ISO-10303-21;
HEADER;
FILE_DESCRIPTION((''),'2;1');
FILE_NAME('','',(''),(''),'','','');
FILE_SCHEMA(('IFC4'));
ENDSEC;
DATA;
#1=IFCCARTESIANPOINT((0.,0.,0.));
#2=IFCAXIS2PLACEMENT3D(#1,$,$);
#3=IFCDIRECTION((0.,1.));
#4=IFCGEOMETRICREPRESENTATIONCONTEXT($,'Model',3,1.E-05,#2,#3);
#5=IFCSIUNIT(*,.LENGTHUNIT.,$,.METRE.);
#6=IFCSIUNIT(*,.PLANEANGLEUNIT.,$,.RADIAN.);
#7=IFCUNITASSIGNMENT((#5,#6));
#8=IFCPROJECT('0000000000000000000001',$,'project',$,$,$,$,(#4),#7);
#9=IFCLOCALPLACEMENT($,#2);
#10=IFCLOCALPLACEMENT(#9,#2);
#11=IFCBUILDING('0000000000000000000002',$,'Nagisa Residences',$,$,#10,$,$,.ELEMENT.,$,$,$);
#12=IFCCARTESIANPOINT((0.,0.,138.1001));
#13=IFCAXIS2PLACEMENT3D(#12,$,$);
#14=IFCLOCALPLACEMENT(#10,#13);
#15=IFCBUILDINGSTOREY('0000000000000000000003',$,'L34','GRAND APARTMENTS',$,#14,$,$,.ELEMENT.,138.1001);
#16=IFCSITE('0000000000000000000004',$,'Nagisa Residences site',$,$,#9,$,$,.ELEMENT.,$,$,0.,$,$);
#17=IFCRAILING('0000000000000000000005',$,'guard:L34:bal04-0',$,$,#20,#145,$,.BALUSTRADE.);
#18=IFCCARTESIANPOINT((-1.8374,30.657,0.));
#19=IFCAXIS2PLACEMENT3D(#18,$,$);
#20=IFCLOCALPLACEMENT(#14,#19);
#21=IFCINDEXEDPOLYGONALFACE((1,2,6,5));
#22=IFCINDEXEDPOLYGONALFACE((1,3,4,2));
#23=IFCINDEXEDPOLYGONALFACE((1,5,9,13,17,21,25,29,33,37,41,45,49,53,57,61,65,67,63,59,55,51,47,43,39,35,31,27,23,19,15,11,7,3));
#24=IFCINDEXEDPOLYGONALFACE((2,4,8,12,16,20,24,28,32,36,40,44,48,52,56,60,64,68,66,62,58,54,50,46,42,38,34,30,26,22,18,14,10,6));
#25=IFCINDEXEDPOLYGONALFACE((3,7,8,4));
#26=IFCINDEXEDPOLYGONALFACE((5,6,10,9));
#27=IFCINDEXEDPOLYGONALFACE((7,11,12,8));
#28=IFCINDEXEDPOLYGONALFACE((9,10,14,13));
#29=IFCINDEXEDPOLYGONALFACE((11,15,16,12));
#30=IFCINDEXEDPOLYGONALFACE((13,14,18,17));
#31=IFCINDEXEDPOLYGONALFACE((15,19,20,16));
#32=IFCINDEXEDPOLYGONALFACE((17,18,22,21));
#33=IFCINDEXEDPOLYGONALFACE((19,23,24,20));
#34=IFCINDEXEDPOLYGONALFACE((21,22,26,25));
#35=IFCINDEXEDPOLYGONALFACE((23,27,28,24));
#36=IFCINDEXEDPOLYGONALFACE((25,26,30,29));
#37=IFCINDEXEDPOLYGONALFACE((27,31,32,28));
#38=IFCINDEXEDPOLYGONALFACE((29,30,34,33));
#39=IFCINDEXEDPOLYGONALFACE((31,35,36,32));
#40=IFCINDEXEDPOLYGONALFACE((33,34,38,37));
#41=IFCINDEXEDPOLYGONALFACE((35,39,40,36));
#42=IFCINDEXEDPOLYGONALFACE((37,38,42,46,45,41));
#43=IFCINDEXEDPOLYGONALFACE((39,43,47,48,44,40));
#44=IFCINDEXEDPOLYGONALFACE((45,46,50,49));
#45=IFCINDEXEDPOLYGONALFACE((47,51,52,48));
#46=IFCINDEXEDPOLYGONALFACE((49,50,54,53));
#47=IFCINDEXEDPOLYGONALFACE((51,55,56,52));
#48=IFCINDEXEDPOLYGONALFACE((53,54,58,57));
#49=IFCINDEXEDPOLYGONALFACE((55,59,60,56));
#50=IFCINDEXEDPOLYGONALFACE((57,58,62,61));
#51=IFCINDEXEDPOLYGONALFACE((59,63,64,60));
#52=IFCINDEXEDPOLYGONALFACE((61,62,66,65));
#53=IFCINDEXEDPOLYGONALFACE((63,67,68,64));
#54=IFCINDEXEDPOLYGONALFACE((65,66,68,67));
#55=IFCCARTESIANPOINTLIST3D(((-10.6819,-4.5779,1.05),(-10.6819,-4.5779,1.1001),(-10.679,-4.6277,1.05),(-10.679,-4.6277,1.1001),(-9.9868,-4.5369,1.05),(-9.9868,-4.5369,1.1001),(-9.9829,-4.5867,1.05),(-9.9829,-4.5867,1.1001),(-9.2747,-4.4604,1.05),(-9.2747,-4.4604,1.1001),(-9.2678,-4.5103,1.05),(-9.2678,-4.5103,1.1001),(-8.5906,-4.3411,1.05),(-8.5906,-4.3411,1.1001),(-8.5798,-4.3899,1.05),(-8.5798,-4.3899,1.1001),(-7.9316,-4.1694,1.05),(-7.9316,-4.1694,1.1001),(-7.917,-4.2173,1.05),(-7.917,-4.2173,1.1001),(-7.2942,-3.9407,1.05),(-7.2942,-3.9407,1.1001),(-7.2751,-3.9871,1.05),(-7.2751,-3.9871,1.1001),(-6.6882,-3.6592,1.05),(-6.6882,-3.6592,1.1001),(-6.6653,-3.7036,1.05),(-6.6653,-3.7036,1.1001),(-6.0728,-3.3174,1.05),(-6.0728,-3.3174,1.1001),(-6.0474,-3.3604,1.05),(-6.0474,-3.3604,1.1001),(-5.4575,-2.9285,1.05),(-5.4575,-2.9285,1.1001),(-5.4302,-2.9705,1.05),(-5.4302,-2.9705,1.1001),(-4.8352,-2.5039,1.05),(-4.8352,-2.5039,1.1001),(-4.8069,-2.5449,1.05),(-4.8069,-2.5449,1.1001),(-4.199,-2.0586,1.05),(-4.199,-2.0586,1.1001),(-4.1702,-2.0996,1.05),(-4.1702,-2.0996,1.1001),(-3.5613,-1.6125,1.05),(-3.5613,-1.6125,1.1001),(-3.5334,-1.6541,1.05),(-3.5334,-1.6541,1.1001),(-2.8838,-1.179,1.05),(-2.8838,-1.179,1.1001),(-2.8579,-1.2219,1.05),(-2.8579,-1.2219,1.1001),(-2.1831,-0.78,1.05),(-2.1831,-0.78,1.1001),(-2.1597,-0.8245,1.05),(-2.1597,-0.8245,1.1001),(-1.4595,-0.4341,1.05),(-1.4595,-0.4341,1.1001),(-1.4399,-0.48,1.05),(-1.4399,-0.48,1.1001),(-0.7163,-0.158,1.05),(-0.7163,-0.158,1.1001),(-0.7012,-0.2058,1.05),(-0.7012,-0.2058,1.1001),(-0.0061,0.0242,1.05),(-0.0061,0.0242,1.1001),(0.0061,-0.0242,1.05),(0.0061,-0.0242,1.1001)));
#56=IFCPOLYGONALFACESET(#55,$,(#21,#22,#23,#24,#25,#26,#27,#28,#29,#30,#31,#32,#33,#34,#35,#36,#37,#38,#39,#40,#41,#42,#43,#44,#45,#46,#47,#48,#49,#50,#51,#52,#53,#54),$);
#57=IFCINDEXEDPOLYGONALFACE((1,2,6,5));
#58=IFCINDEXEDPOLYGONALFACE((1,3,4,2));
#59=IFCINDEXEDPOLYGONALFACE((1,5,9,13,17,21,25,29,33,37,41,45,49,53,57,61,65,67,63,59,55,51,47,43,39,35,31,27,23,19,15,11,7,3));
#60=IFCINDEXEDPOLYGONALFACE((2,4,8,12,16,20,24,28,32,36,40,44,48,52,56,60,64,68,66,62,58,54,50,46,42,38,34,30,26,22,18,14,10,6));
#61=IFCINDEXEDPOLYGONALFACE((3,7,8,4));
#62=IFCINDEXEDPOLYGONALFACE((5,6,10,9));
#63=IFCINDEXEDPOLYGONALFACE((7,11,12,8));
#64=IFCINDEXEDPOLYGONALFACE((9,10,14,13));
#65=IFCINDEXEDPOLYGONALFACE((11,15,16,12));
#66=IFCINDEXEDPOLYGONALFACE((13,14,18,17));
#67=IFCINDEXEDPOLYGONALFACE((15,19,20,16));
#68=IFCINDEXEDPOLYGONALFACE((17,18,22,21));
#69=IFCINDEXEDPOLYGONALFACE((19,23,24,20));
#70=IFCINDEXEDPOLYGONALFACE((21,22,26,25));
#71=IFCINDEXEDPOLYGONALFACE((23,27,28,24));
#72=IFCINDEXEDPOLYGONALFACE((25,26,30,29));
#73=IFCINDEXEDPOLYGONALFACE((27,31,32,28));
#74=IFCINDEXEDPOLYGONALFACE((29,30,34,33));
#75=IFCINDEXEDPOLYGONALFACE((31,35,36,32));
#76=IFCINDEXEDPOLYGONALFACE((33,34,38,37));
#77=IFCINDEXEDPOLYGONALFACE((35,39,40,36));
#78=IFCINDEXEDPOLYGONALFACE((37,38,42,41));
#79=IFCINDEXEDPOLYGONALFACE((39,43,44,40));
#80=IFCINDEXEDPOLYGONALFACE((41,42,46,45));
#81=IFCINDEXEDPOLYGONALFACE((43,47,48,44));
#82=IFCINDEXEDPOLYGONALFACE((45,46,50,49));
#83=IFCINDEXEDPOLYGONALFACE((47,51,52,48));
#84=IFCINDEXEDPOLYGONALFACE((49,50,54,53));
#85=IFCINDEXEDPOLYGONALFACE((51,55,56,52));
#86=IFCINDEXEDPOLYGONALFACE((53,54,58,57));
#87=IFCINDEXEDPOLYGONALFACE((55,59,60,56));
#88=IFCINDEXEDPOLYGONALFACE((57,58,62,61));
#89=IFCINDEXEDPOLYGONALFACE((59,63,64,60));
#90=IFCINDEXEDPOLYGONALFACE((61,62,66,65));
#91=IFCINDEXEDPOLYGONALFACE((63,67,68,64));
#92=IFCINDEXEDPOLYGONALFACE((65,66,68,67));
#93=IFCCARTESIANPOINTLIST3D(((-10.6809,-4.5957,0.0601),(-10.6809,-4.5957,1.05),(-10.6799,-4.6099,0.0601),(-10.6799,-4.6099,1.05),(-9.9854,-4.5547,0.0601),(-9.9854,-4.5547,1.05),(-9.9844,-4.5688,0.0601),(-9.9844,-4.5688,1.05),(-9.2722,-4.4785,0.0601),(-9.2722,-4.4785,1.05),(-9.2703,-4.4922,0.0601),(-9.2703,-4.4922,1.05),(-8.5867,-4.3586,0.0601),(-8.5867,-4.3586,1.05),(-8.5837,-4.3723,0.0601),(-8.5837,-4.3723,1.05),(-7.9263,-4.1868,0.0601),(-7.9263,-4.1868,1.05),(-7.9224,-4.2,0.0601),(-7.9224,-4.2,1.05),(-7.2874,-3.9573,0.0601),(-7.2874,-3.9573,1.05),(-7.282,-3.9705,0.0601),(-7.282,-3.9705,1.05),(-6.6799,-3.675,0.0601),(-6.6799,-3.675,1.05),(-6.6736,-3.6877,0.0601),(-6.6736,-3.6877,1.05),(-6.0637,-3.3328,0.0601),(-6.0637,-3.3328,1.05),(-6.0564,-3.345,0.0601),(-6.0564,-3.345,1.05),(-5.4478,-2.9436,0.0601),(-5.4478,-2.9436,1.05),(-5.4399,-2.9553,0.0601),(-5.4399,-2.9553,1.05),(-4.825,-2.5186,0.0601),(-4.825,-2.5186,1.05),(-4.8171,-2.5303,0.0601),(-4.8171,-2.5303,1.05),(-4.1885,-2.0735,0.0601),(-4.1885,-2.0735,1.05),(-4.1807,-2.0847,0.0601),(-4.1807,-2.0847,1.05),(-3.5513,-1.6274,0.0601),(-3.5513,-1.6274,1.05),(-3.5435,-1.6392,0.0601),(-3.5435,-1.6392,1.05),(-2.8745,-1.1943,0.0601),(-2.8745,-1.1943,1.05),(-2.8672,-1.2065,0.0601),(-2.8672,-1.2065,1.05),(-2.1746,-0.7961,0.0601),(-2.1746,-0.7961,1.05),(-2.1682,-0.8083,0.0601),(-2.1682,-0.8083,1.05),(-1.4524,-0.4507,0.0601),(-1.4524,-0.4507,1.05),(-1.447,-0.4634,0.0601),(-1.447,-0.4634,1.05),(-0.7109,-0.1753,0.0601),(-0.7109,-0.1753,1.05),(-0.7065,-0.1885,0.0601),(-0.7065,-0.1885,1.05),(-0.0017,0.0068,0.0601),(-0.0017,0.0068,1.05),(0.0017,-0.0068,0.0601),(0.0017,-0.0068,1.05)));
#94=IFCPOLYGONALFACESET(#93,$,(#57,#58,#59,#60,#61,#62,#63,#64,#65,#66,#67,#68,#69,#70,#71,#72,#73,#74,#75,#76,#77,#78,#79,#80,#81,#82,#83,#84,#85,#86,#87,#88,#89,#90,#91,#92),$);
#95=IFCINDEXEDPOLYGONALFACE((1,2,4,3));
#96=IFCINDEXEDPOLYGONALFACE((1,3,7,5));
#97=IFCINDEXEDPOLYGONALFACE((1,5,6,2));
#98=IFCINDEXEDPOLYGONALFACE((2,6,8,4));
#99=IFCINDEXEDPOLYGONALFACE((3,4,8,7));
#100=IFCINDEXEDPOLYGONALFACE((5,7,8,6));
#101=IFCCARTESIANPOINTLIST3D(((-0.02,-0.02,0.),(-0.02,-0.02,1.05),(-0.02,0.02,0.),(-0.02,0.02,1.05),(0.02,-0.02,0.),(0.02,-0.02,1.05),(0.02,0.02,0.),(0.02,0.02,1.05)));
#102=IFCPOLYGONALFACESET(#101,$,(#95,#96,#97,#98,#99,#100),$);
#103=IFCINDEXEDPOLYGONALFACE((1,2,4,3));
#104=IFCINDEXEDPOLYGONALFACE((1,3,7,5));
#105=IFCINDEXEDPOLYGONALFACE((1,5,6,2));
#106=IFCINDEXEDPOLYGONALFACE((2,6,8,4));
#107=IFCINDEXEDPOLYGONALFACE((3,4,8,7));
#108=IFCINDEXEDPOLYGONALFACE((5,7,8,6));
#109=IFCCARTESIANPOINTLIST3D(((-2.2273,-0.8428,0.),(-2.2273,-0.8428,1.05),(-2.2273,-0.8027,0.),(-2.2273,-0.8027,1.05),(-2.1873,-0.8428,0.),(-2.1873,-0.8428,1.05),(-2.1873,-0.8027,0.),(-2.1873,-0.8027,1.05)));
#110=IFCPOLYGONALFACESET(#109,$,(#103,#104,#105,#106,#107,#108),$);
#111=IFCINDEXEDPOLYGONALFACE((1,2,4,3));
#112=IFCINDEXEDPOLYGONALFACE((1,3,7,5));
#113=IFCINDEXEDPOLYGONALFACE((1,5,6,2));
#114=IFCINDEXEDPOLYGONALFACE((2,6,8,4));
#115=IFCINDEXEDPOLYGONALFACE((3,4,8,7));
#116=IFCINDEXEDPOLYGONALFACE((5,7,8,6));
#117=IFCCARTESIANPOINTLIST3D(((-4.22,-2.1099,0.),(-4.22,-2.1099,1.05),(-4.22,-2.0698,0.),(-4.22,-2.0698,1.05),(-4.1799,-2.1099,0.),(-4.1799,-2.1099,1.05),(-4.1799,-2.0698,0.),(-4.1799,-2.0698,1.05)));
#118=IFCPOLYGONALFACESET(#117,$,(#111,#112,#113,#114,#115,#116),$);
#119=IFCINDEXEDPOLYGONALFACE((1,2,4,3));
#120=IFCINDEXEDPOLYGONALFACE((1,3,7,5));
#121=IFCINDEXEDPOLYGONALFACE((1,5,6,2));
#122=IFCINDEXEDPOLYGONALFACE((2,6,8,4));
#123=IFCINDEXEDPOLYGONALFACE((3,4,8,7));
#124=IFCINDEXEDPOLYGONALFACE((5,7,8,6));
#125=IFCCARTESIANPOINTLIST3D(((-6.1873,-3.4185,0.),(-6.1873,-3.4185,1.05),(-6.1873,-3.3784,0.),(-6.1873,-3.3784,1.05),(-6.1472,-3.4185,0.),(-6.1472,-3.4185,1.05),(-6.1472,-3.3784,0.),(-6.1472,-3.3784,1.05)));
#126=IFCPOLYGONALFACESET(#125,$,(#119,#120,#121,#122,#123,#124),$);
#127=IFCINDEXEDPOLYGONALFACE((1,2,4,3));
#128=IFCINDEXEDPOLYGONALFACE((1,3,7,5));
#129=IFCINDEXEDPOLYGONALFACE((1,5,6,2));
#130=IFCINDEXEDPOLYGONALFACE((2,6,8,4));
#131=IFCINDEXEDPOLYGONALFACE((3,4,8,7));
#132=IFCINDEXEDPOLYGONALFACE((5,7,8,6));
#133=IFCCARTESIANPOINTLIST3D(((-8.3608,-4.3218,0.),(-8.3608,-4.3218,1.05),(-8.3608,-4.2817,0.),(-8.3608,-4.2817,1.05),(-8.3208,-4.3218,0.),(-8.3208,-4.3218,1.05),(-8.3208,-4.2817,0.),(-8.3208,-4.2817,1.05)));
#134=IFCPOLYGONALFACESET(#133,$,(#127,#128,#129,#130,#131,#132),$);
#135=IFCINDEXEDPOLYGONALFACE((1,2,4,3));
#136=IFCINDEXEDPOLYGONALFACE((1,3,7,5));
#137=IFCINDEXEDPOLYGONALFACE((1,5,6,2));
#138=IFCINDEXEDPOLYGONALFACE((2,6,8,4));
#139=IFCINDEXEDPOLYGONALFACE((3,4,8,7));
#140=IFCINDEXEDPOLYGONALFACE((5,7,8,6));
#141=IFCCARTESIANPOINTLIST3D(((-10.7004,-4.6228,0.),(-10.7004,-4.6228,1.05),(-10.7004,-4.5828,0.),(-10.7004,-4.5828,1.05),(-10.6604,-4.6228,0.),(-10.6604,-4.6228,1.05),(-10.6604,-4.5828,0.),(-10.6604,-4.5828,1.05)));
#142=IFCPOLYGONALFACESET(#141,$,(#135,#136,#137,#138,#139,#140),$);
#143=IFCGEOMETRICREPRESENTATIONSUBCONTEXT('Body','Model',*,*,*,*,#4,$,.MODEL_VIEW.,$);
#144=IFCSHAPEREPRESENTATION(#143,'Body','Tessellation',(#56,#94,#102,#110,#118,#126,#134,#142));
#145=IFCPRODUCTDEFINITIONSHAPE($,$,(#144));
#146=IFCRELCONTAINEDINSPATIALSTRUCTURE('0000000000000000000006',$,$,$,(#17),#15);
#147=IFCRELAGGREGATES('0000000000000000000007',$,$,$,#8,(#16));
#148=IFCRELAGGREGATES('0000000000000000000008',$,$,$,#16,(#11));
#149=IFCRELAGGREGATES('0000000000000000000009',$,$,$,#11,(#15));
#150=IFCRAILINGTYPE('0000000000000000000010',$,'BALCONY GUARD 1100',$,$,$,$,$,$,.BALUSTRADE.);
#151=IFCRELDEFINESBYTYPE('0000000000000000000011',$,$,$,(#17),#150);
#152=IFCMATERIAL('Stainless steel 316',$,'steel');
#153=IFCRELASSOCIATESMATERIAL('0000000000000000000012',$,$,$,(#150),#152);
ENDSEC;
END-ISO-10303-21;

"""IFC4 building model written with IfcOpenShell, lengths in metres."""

from ifc_helpers import new_model, si_unit, direction, frame, origin, origin_2d, place, context, subcontext, project, spatial, polyline, rectangle, outline, extrude, material, type_object, element, save


model = new_model("IFC4")

# Units and contexts
model_context = context("Model", 3, precision=1e-05, world=origin(), true_north=direction((0.0, 1.0)))
body_context = subcontext(model_context, "Body", "Model", "MODEL_VIEW")
ifc_project = project(units=[si_unit("LENGTHUNIT", "METRE"), si_unit("PLANEANGLEUNIT", "RADIAN")], contexts=[model_context])

# Site, building, storey
site_placement = place(None, origin())
site = spatial("IfcSite", under=ifc_project, at=site_placement, Name="Nagisa Residences site", CompositionType="ELEMENT", RefElevation=0.0)
building_placement = place(site_placement, origin())
building = spatial("IfcBuilding", under=site, at=building_placement, Name="Nagisa Residences", CompositionType="ELEMENT")
storey_placement = place(building_placement, frame((0.0, 0.0, 138.1001)))
storey = spatial("IfcBuildingStorey", under=building, at=storey_placement, Name="L34", Description="GRAND APARTMENTS", CompositionType="ELEMENT", Elevation=138.1001)

# Railing
ifc_material_1 = material(Name="Stainless steel 316", Category="steel")
railing_type = type_object("IfcRailingType", Name="BALCONY GUARD 1100", PredefinedType="BALUSTRADE", material=ifc_material_1)
railing_placement = place(storey_placement, frame((-1.8374, 30.657, 0.0)))
element("IfcRailing", 1, at=railing_placement, inside=storey, type_object=railing_type, Name="guard:L34:bal04-0", PredefinedType="BALUSTRADE", context=body_context, shape_type="SweptSolid", body=[
    extrude(outline(polyline([(-0.7012, -0.2058), (0.0061, -0.0242), (-0.0061, 0.0242), (-0.7163, -0.158), (-1.4595, -0.4341), (-2.1831, -0.78), (-2.8838, -1.179), (-3.5613, -1.6125), (-4.199, -2.0586), (-4.8352, -2.5039), (-5.4575, -2.9285), (-6.0728, -3.3174), (-6.6882, -3.6592), (-7.2942, -3.9407), (-7.9316, -4.1694), (-8.5906, -4.3411), (-9.2747, -4.4604), (-9.9868, -4.5369), (-10.6819, -4.5779), (-10.679, -4.6277), (-9.9829, -4.5867), (-9.2678, -4.5103), (-8.5798, -4.3899), (-7.917, -4.2173), (-7.2751, -3.9871), (-6.6653, -3.7036), (-6.0474, -3.3604), (-5.4302, -2.9705), (-4.8069, -2.5449), (-4.1702, -2.0996), (-3.5334, -1.6541), (-2.8579, -1.2219), (-2.1597, -0.8245), (-1.4399, -0.48), (-0.7012, -0.2058)])), frame((0.0, 0.0, 1.05)), (0.0, 0.0, 1.0), 0.05),
    extrude(outline(polyline([(-0.7065, -0.1885), (0.0017, -0.0068), (-0.0017, 0.0068), (-0.7109, -0.1753), (-1.4524, -0.4507), (-2.1746, -0.7961), (-2.8745, -1.1943), (-3.5513, -1.6274), (-4.1885, -2.0735), (-4.825, -2.5186), (-5.4478, -2.9436), (-6.0637, -3.3328), (-6.6799, -3.675), (-7.2874, -3.9573), (-7.9263, -4.1868), (-8.5867, -4.3586), (-9.2722, -4.4785), (-9.9854, -4.5547), (-10.6809, -4.5957), (-10.6799, -4.6099), (-9.9844, -4.5688), (-9.2703, -4.4922), (-8.5837, -4.3723), (-7.9224, -4.2), (-7.282, -3.9705), (-6.6736, -3.6877), (-6.0564, -3.345), (-5.4399, -2.9553), (-4.8171, -2.5303), (-4.1807, -2.0847), (-3.5435, -1.6392), (-2.8672, -1.2065), (-2.1682, -0.8083), (-1.447, -0.4634), (-0.7065, -0.1885)])), frame((0.0, 0.0, 0.0601)), (0.0, 0.0, 1.0), 0.99),
    extrude(rectangle(XDim=0.04, YDim=0.04, at=origin_2d()), origin(), (0.0, 0.0, 1.0), 1.05),
    extrude(rectangle(XDim=0.04, YDim=0.04, at=origin_2d()), frame((-2.2073, -0.8228, 0.0)), (0.0, 0.0, 1.0), 1.05),
    extrude(rectangle(XDim=0.04, YDim=0.04, at=origin_2d()), frame((-4.2, -2.0898, 0.0)), (0.0, 0.0, 1.0), 1.05),
    extrude(rectangle(XDim=0.04, YDim=0.04, at=origin_2d()), frame((-6.1672, -3.3984, 0.0)), (0.0, 0.0, 1.0), 1.05),
    extrude(rectangle(XDim=0.04, YDim=0.04, at=origin_2d()), frame((-8.3408, -4.3018, 0.0)), (0.0, 0.0, 1.0), 1.05),
    extrude(rectangle(XDim=0.04, YDim=0.04, at=origin_2d()), frame((-10.6804, -4.6028, 0.0)), (0.0, 0.0, 1.0), 1.05),
])

save(model, "model.ifc")
